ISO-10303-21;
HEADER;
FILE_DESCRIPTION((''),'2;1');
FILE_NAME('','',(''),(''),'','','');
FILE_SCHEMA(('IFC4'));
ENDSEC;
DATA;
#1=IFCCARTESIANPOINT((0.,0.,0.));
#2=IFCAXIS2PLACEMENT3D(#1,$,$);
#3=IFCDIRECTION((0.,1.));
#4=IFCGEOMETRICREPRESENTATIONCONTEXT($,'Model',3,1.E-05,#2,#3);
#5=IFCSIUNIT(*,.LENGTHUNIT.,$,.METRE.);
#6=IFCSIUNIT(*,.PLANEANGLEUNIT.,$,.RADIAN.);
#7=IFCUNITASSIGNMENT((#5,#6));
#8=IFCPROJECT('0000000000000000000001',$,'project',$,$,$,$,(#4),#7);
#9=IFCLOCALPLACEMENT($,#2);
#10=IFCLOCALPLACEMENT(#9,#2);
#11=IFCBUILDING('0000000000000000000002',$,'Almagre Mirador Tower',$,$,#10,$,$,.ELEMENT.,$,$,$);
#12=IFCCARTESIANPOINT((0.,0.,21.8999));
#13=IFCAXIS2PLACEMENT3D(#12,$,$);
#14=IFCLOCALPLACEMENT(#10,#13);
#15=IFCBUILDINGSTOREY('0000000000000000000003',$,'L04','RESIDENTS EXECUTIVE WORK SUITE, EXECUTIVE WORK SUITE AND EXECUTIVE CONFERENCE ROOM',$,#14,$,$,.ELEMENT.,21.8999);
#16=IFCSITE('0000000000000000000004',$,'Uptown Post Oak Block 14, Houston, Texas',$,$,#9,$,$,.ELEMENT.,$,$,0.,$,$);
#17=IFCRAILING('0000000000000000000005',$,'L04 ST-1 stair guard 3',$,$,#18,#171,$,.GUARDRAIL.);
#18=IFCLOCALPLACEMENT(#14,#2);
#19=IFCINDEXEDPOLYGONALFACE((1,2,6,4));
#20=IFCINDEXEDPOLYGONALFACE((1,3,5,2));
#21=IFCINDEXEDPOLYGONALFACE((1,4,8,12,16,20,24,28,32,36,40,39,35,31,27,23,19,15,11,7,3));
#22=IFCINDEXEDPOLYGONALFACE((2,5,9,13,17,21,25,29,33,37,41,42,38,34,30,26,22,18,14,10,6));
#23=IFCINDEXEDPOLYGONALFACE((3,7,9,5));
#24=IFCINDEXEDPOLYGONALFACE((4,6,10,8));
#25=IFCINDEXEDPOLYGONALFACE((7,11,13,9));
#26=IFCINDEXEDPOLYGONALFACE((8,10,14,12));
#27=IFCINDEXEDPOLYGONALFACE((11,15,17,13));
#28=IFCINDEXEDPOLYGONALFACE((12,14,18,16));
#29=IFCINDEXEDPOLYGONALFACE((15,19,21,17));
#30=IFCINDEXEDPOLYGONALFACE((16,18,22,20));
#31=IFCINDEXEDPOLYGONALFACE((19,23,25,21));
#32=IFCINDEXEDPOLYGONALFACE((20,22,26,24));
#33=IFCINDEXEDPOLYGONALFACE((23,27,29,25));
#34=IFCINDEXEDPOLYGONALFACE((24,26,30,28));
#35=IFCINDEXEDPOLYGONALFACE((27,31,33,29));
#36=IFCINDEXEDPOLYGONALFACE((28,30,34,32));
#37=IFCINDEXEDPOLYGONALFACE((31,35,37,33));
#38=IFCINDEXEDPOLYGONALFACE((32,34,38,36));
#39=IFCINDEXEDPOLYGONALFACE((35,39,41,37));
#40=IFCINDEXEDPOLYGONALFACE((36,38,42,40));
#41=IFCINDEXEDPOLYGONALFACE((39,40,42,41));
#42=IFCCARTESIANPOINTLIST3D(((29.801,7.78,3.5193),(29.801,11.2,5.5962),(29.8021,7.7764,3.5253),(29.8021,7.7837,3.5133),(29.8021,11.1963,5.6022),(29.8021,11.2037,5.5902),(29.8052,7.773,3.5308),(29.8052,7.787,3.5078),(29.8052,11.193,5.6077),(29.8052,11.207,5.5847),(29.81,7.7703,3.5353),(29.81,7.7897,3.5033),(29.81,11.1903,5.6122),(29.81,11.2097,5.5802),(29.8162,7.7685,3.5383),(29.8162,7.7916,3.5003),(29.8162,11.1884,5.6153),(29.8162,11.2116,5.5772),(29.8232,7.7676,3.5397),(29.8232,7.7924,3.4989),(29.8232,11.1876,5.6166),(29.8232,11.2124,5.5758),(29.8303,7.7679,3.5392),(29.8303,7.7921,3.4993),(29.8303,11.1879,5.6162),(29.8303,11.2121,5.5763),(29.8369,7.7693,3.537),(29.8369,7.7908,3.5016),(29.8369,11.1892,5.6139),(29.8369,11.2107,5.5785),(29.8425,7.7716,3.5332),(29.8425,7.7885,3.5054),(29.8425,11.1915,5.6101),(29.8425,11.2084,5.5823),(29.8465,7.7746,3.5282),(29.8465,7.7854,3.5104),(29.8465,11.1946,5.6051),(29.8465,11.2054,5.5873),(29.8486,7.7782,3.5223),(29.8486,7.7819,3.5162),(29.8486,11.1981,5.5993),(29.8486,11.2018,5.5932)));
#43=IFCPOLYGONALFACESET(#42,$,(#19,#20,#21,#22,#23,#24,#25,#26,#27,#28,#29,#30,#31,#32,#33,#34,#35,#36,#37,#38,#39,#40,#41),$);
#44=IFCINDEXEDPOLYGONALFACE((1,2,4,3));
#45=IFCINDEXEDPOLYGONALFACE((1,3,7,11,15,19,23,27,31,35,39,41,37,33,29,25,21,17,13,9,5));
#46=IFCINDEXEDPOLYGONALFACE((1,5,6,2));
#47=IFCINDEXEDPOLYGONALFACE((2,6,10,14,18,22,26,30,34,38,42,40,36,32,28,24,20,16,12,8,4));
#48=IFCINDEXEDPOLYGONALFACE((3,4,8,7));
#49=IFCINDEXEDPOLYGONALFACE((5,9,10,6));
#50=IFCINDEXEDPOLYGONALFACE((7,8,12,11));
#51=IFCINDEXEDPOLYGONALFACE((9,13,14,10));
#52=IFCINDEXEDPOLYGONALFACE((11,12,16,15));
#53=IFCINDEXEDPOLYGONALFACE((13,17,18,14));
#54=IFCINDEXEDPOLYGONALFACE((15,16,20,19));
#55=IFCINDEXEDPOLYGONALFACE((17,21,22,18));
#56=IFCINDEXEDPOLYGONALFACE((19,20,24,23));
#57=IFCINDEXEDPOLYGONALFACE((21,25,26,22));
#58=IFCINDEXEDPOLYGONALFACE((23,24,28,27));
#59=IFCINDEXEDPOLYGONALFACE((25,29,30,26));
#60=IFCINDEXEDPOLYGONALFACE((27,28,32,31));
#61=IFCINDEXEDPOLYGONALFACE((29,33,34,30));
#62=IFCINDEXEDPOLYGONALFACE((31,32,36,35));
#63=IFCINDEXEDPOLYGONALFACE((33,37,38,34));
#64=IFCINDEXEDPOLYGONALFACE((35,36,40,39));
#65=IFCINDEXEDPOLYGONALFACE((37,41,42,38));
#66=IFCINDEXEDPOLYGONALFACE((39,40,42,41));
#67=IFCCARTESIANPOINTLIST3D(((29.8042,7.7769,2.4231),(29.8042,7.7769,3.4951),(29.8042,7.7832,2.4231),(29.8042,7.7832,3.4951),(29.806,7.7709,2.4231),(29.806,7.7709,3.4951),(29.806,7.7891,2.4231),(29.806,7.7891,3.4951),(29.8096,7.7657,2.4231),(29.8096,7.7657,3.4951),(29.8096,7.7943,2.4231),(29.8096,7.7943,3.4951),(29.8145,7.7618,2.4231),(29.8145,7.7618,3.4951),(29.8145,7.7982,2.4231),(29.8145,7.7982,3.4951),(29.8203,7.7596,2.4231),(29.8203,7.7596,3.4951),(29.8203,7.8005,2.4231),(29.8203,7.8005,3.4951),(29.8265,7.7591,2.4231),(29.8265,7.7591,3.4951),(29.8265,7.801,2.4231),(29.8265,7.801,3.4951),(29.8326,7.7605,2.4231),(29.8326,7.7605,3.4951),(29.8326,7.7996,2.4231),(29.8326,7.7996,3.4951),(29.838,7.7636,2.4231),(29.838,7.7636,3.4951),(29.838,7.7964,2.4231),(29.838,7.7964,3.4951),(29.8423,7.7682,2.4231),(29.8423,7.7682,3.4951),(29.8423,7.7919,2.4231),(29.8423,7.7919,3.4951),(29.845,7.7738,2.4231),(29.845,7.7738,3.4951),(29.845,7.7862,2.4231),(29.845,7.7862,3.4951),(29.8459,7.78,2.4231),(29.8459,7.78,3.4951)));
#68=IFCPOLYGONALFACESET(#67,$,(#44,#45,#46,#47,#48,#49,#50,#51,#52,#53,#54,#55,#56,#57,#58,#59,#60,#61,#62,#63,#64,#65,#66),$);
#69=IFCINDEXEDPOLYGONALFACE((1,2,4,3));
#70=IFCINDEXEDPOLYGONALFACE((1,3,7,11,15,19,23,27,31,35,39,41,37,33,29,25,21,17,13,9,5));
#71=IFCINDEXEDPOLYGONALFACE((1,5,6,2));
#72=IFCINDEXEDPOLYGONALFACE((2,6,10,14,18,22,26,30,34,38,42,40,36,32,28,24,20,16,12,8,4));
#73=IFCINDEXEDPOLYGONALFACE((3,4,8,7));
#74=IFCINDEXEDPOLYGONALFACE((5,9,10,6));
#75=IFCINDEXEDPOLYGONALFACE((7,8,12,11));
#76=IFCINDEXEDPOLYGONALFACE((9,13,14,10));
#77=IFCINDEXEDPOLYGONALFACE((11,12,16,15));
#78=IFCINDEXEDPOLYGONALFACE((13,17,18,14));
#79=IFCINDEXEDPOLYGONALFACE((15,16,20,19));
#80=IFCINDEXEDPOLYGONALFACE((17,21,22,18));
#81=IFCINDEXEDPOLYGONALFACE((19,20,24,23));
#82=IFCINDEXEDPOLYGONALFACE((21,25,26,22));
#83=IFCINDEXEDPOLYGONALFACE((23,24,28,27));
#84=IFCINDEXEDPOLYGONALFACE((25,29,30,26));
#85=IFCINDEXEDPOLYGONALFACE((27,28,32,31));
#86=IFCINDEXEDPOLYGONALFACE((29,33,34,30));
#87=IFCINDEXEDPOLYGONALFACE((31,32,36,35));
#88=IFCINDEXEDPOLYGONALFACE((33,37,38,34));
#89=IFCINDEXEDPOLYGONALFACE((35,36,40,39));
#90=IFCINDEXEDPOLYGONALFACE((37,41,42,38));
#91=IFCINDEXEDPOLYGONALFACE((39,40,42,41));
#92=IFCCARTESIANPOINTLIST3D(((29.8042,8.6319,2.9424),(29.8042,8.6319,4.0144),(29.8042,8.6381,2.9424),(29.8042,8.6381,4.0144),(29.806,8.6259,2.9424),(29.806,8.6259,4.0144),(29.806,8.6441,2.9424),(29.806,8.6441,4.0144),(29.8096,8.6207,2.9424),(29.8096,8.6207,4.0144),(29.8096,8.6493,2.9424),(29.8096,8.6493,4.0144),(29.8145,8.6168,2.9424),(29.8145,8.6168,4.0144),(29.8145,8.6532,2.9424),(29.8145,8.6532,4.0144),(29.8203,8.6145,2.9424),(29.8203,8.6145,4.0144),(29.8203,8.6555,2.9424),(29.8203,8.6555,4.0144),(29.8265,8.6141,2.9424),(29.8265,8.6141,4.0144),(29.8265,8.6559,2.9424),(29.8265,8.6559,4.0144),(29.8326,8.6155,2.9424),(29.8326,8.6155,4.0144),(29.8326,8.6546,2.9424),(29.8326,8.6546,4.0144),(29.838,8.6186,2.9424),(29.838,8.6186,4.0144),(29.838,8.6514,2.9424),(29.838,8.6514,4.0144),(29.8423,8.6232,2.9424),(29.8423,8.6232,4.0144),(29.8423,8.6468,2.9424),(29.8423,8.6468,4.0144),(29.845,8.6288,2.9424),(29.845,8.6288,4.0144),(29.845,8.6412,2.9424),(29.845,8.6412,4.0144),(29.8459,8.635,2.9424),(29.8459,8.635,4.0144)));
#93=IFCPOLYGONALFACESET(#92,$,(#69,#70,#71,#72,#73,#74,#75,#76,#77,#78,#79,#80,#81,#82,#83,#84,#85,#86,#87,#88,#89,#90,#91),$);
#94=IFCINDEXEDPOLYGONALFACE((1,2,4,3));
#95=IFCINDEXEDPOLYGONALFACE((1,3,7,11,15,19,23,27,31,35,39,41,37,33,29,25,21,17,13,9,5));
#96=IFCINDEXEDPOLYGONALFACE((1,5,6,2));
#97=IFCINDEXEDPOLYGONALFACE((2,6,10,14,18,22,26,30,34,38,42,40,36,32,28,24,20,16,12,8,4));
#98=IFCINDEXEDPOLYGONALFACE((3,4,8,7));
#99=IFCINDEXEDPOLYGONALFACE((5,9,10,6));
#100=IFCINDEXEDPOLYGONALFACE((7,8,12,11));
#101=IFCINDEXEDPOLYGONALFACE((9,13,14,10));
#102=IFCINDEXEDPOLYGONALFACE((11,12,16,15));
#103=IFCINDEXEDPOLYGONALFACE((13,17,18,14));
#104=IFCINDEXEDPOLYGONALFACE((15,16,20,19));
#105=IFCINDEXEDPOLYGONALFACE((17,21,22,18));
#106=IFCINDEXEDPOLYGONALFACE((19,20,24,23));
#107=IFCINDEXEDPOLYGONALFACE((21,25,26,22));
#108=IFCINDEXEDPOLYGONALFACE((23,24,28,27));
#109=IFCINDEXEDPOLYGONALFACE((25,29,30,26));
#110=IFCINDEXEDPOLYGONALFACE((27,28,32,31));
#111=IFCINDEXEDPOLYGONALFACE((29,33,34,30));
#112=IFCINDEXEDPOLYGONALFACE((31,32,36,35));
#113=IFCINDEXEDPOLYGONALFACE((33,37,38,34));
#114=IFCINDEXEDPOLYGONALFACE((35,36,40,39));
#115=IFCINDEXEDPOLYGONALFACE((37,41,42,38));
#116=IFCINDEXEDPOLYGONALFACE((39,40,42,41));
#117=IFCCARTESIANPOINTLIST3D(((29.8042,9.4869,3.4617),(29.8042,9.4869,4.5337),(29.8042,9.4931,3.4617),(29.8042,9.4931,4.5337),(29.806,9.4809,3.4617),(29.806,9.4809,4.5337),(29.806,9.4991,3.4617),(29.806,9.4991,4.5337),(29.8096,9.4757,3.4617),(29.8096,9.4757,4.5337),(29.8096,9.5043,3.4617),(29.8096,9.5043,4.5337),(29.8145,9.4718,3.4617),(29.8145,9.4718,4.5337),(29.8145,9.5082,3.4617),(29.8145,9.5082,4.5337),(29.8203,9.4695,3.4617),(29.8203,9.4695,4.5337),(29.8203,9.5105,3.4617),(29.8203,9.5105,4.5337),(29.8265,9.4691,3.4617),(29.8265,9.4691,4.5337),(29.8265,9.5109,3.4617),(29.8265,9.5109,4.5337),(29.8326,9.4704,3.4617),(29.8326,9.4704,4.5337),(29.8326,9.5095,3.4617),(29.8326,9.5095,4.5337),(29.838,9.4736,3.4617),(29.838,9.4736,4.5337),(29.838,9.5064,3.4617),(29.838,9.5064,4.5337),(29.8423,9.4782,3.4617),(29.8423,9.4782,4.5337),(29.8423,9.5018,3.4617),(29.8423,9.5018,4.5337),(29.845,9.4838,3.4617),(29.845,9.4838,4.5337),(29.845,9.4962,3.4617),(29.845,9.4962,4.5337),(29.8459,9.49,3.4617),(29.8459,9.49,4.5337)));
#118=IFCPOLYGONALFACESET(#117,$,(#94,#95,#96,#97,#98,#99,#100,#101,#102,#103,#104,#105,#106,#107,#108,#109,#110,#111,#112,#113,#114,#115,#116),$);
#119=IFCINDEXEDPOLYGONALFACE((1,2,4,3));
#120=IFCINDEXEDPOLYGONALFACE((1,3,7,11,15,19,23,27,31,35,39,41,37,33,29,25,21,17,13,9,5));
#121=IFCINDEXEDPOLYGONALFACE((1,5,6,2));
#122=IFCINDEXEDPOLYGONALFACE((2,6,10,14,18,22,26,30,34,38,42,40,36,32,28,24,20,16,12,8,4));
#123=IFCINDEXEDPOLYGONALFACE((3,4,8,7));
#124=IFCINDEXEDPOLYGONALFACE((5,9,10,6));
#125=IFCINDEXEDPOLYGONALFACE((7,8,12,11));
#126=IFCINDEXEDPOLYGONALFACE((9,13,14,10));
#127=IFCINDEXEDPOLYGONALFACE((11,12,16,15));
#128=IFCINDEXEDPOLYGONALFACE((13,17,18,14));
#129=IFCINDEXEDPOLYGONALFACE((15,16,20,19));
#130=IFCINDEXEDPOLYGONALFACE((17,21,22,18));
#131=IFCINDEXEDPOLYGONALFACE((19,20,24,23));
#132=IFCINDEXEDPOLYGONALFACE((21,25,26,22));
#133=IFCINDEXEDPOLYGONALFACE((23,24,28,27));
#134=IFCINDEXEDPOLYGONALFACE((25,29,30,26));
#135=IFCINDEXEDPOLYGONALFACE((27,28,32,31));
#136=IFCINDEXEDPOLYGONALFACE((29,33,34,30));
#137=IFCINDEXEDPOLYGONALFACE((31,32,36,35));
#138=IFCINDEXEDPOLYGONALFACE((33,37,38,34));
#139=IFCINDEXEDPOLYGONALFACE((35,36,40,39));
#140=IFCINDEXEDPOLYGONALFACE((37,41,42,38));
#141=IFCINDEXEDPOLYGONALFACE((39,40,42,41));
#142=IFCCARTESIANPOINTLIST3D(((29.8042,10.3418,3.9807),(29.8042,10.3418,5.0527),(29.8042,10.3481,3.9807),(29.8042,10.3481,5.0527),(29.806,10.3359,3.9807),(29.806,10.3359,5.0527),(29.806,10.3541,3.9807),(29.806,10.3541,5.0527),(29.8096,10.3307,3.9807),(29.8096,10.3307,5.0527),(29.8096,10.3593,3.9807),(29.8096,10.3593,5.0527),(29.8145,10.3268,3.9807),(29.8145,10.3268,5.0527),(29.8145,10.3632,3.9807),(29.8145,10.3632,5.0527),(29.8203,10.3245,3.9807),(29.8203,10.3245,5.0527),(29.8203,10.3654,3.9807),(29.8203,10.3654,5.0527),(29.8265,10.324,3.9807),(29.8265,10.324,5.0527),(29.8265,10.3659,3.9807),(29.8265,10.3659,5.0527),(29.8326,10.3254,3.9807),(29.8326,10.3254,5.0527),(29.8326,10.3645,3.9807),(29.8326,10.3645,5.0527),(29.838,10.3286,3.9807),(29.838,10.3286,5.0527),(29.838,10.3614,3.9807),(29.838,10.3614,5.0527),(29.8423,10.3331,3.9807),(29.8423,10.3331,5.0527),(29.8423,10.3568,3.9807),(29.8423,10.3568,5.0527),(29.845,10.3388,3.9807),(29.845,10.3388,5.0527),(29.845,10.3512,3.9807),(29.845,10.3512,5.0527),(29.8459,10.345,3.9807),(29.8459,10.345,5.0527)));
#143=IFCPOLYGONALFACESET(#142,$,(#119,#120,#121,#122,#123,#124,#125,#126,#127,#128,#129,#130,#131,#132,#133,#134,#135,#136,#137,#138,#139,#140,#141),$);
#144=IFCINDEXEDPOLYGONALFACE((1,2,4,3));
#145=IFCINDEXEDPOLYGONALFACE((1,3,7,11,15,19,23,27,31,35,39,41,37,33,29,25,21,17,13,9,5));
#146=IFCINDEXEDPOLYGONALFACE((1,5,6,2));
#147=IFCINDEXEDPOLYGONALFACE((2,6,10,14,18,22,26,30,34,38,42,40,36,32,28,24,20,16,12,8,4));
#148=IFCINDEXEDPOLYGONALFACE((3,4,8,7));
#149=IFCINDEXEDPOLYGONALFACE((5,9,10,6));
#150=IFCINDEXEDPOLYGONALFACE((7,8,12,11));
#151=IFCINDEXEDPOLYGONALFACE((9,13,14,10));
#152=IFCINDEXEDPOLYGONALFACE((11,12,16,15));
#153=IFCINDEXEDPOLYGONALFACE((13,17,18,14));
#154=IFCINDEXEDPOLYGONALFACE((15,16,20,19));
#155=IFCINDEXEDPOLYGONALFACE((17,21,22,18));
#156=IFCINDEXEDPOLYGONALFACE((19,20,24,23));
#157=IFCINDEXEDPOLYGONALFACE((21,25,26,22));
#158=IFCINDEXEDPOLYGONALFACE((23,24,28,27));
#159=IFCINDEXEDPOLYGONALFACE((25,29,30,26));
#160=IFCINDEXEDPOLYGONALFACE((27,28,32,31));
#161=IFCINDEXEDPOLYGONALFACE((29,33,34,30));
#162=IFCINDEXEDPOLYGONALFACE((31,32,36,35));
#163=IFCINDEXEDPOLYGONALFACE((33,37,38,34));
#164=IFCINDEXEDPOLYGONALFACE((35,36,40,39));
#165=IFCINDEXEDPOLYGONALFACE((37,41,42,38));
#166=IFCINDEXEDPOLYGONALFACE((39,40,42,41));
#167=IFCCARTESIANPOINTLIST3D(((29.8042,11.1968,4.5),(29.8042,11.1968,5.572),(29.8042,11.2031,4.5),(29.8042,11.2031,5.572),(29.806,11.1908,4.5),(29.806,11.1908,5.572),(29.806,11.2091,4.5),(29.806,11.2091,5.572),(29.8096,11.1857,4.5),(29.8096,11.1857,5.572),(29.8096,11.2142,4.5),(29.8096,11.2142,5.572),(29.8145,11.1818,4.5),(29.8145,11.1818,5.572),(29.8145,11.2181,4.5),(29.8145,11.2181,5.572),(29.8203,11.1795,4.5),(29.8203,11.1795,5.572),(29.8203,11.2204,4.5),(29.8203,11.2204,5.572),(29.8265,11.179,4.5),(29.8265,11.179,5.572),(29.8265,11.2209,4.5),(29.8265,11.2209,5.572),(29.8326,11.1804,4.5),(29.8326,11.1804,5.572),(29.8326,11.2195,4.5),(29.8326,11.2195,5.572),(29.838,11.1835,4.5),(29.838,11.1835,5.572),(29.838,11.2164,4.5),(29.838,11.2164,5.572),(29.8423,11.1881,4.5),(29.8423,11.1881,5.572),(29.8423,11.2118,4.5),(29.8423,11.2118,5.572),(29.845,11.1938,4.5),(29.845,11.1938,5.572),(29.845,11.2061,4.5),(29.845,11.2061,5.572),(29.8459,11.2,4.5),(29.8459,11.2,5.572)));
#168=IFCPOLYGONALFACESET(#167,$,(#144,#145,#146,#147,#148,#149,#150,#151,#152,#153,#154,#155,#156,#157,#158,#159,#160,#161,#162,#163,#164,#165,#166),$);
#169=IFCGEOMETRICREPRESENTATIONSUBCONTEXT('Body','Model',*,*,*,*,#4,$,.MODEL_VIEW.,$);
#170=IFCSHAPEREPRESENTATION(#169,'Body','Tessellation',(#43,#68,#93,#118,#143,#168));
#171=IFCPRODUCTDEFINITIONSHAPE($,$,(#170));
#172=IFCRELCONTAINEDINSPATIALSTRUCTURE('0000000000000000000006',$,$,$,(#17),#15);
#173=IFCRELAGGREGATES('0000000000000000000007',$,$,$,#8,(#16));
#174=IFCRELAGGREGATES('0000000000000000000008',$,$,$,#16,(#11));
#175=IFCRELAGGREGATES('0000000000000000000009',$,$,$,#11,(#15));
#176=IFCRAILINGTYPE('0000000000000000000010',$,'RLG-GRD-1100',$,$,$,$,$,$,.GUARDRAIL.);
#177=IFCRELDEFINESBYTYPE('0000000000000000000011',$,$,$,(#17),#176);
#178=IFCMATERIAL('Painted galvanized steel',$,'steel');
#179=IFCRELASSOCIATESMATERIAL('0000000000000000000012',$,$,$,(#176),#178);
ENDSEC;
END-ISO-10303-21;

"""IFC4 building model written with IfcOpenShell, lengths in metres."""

from ifc_helpers import new_model, si_unit, direction, frame, origin, origin_2d, place, context, subcontext, project, spatial, circle, extrude, material, type_object, element, save


model = new_model("IFC4")

# Units and contexts
model_context = context("Model", 3, precision=1e-05, world=origin(), true_north=direction((0.0, 1.0)))
body_context = subcontext(model_context, "Body", "Model", "MODEL_VIEW")
ifc_project = project(units=[si_unit("LENGTHUNIT", "METRE"), si_unit("PLANEANGLEUNIT", "RADIAN")], contexts=[model_context])

# Site, building, storey
site_placement = place(None, origin())
site = spatial("IfcSite", under=ifc_project, at=site_placement, Name="Uptown Post Oak Block 14, Houston, Texas", CompositionType="ELEMENT", RefElevation=0.0)
building_placement = place(site_placement, origin())
building = spatial("IfcBuilding", under=site, at=building_placement, Name="Almagre Mirador Tower", CompositionType="ELEMENT")
storey_placement = place(building_placement, frame((0.0, 0.0, 21.8999)))
storey = spatial("IfcBuildingStorey", under=building, at=storey_placement, Name="L04", Description="RESIDENTS EXECUTIVE WORK SUITE, EXECUTIVE WORK SUITE AND EXECUTIVE CONFERENCE ROOM", CompositionType="ELEMENT", Elevation=21.8999)

# Railing
ifc_material_1 = material(Name="Painted galvanized steel", Category="steel")
railing_type = type_object("IfcRailingType", Name="RLG-GRD-1100", PredefinedType="GUARDRAIL", material=ifc_material_1)
railing_1_placement = place(storey_placement, frame((29.825, 7.78, 2.4231)))
element("IfcRailing", 1, at=railing_1_placement, inside=storey, type_object=railing_type, Name="L04 ST-1 stair guard 3", PredefinedType="GUARDRAIL", context=body_context, shape_type="SweptSolid", body=[
    extrude(circle(Radius=0.0239, at=origin_2d()), frame((0.0, 0.0, 1.0962), z_axis=(0.0, 0.85473, 0.519074), x_axis=(-1.0, 0.0, 0.0)), (0.0, 0.0, 1.0), 4.0012),
    extrude(circle(Radius=0.021, at=origin_2d()), origin(), (0.0, 0.0, 1.0), 1.072),
    extrude(circle(Radius=0.021, at=origin_2d()), frame((0.0, 0.855, 0.5193)), (0.0, 0.0, 1.0), 1.072),
    extrude(circle(Radius=0.021, at=origin_2d()), frame((0.0, 1.71, 1.0386)), (0.0, 0.0, 1.0), 1.072),
    extrude(circle(Radius=0.021, at=origin_2d()), frame((0.0, 2.5649, 1.5576)), (0.0, 0.0, 1.0), 1.072),
    extrude(circle(Radius=0.021, at=origin_2d()), frame((0.0, 3.4199, 2.0769)), (0.0, 0.0, 1.0), 1.072),
])

save(model, "model.ifc")
